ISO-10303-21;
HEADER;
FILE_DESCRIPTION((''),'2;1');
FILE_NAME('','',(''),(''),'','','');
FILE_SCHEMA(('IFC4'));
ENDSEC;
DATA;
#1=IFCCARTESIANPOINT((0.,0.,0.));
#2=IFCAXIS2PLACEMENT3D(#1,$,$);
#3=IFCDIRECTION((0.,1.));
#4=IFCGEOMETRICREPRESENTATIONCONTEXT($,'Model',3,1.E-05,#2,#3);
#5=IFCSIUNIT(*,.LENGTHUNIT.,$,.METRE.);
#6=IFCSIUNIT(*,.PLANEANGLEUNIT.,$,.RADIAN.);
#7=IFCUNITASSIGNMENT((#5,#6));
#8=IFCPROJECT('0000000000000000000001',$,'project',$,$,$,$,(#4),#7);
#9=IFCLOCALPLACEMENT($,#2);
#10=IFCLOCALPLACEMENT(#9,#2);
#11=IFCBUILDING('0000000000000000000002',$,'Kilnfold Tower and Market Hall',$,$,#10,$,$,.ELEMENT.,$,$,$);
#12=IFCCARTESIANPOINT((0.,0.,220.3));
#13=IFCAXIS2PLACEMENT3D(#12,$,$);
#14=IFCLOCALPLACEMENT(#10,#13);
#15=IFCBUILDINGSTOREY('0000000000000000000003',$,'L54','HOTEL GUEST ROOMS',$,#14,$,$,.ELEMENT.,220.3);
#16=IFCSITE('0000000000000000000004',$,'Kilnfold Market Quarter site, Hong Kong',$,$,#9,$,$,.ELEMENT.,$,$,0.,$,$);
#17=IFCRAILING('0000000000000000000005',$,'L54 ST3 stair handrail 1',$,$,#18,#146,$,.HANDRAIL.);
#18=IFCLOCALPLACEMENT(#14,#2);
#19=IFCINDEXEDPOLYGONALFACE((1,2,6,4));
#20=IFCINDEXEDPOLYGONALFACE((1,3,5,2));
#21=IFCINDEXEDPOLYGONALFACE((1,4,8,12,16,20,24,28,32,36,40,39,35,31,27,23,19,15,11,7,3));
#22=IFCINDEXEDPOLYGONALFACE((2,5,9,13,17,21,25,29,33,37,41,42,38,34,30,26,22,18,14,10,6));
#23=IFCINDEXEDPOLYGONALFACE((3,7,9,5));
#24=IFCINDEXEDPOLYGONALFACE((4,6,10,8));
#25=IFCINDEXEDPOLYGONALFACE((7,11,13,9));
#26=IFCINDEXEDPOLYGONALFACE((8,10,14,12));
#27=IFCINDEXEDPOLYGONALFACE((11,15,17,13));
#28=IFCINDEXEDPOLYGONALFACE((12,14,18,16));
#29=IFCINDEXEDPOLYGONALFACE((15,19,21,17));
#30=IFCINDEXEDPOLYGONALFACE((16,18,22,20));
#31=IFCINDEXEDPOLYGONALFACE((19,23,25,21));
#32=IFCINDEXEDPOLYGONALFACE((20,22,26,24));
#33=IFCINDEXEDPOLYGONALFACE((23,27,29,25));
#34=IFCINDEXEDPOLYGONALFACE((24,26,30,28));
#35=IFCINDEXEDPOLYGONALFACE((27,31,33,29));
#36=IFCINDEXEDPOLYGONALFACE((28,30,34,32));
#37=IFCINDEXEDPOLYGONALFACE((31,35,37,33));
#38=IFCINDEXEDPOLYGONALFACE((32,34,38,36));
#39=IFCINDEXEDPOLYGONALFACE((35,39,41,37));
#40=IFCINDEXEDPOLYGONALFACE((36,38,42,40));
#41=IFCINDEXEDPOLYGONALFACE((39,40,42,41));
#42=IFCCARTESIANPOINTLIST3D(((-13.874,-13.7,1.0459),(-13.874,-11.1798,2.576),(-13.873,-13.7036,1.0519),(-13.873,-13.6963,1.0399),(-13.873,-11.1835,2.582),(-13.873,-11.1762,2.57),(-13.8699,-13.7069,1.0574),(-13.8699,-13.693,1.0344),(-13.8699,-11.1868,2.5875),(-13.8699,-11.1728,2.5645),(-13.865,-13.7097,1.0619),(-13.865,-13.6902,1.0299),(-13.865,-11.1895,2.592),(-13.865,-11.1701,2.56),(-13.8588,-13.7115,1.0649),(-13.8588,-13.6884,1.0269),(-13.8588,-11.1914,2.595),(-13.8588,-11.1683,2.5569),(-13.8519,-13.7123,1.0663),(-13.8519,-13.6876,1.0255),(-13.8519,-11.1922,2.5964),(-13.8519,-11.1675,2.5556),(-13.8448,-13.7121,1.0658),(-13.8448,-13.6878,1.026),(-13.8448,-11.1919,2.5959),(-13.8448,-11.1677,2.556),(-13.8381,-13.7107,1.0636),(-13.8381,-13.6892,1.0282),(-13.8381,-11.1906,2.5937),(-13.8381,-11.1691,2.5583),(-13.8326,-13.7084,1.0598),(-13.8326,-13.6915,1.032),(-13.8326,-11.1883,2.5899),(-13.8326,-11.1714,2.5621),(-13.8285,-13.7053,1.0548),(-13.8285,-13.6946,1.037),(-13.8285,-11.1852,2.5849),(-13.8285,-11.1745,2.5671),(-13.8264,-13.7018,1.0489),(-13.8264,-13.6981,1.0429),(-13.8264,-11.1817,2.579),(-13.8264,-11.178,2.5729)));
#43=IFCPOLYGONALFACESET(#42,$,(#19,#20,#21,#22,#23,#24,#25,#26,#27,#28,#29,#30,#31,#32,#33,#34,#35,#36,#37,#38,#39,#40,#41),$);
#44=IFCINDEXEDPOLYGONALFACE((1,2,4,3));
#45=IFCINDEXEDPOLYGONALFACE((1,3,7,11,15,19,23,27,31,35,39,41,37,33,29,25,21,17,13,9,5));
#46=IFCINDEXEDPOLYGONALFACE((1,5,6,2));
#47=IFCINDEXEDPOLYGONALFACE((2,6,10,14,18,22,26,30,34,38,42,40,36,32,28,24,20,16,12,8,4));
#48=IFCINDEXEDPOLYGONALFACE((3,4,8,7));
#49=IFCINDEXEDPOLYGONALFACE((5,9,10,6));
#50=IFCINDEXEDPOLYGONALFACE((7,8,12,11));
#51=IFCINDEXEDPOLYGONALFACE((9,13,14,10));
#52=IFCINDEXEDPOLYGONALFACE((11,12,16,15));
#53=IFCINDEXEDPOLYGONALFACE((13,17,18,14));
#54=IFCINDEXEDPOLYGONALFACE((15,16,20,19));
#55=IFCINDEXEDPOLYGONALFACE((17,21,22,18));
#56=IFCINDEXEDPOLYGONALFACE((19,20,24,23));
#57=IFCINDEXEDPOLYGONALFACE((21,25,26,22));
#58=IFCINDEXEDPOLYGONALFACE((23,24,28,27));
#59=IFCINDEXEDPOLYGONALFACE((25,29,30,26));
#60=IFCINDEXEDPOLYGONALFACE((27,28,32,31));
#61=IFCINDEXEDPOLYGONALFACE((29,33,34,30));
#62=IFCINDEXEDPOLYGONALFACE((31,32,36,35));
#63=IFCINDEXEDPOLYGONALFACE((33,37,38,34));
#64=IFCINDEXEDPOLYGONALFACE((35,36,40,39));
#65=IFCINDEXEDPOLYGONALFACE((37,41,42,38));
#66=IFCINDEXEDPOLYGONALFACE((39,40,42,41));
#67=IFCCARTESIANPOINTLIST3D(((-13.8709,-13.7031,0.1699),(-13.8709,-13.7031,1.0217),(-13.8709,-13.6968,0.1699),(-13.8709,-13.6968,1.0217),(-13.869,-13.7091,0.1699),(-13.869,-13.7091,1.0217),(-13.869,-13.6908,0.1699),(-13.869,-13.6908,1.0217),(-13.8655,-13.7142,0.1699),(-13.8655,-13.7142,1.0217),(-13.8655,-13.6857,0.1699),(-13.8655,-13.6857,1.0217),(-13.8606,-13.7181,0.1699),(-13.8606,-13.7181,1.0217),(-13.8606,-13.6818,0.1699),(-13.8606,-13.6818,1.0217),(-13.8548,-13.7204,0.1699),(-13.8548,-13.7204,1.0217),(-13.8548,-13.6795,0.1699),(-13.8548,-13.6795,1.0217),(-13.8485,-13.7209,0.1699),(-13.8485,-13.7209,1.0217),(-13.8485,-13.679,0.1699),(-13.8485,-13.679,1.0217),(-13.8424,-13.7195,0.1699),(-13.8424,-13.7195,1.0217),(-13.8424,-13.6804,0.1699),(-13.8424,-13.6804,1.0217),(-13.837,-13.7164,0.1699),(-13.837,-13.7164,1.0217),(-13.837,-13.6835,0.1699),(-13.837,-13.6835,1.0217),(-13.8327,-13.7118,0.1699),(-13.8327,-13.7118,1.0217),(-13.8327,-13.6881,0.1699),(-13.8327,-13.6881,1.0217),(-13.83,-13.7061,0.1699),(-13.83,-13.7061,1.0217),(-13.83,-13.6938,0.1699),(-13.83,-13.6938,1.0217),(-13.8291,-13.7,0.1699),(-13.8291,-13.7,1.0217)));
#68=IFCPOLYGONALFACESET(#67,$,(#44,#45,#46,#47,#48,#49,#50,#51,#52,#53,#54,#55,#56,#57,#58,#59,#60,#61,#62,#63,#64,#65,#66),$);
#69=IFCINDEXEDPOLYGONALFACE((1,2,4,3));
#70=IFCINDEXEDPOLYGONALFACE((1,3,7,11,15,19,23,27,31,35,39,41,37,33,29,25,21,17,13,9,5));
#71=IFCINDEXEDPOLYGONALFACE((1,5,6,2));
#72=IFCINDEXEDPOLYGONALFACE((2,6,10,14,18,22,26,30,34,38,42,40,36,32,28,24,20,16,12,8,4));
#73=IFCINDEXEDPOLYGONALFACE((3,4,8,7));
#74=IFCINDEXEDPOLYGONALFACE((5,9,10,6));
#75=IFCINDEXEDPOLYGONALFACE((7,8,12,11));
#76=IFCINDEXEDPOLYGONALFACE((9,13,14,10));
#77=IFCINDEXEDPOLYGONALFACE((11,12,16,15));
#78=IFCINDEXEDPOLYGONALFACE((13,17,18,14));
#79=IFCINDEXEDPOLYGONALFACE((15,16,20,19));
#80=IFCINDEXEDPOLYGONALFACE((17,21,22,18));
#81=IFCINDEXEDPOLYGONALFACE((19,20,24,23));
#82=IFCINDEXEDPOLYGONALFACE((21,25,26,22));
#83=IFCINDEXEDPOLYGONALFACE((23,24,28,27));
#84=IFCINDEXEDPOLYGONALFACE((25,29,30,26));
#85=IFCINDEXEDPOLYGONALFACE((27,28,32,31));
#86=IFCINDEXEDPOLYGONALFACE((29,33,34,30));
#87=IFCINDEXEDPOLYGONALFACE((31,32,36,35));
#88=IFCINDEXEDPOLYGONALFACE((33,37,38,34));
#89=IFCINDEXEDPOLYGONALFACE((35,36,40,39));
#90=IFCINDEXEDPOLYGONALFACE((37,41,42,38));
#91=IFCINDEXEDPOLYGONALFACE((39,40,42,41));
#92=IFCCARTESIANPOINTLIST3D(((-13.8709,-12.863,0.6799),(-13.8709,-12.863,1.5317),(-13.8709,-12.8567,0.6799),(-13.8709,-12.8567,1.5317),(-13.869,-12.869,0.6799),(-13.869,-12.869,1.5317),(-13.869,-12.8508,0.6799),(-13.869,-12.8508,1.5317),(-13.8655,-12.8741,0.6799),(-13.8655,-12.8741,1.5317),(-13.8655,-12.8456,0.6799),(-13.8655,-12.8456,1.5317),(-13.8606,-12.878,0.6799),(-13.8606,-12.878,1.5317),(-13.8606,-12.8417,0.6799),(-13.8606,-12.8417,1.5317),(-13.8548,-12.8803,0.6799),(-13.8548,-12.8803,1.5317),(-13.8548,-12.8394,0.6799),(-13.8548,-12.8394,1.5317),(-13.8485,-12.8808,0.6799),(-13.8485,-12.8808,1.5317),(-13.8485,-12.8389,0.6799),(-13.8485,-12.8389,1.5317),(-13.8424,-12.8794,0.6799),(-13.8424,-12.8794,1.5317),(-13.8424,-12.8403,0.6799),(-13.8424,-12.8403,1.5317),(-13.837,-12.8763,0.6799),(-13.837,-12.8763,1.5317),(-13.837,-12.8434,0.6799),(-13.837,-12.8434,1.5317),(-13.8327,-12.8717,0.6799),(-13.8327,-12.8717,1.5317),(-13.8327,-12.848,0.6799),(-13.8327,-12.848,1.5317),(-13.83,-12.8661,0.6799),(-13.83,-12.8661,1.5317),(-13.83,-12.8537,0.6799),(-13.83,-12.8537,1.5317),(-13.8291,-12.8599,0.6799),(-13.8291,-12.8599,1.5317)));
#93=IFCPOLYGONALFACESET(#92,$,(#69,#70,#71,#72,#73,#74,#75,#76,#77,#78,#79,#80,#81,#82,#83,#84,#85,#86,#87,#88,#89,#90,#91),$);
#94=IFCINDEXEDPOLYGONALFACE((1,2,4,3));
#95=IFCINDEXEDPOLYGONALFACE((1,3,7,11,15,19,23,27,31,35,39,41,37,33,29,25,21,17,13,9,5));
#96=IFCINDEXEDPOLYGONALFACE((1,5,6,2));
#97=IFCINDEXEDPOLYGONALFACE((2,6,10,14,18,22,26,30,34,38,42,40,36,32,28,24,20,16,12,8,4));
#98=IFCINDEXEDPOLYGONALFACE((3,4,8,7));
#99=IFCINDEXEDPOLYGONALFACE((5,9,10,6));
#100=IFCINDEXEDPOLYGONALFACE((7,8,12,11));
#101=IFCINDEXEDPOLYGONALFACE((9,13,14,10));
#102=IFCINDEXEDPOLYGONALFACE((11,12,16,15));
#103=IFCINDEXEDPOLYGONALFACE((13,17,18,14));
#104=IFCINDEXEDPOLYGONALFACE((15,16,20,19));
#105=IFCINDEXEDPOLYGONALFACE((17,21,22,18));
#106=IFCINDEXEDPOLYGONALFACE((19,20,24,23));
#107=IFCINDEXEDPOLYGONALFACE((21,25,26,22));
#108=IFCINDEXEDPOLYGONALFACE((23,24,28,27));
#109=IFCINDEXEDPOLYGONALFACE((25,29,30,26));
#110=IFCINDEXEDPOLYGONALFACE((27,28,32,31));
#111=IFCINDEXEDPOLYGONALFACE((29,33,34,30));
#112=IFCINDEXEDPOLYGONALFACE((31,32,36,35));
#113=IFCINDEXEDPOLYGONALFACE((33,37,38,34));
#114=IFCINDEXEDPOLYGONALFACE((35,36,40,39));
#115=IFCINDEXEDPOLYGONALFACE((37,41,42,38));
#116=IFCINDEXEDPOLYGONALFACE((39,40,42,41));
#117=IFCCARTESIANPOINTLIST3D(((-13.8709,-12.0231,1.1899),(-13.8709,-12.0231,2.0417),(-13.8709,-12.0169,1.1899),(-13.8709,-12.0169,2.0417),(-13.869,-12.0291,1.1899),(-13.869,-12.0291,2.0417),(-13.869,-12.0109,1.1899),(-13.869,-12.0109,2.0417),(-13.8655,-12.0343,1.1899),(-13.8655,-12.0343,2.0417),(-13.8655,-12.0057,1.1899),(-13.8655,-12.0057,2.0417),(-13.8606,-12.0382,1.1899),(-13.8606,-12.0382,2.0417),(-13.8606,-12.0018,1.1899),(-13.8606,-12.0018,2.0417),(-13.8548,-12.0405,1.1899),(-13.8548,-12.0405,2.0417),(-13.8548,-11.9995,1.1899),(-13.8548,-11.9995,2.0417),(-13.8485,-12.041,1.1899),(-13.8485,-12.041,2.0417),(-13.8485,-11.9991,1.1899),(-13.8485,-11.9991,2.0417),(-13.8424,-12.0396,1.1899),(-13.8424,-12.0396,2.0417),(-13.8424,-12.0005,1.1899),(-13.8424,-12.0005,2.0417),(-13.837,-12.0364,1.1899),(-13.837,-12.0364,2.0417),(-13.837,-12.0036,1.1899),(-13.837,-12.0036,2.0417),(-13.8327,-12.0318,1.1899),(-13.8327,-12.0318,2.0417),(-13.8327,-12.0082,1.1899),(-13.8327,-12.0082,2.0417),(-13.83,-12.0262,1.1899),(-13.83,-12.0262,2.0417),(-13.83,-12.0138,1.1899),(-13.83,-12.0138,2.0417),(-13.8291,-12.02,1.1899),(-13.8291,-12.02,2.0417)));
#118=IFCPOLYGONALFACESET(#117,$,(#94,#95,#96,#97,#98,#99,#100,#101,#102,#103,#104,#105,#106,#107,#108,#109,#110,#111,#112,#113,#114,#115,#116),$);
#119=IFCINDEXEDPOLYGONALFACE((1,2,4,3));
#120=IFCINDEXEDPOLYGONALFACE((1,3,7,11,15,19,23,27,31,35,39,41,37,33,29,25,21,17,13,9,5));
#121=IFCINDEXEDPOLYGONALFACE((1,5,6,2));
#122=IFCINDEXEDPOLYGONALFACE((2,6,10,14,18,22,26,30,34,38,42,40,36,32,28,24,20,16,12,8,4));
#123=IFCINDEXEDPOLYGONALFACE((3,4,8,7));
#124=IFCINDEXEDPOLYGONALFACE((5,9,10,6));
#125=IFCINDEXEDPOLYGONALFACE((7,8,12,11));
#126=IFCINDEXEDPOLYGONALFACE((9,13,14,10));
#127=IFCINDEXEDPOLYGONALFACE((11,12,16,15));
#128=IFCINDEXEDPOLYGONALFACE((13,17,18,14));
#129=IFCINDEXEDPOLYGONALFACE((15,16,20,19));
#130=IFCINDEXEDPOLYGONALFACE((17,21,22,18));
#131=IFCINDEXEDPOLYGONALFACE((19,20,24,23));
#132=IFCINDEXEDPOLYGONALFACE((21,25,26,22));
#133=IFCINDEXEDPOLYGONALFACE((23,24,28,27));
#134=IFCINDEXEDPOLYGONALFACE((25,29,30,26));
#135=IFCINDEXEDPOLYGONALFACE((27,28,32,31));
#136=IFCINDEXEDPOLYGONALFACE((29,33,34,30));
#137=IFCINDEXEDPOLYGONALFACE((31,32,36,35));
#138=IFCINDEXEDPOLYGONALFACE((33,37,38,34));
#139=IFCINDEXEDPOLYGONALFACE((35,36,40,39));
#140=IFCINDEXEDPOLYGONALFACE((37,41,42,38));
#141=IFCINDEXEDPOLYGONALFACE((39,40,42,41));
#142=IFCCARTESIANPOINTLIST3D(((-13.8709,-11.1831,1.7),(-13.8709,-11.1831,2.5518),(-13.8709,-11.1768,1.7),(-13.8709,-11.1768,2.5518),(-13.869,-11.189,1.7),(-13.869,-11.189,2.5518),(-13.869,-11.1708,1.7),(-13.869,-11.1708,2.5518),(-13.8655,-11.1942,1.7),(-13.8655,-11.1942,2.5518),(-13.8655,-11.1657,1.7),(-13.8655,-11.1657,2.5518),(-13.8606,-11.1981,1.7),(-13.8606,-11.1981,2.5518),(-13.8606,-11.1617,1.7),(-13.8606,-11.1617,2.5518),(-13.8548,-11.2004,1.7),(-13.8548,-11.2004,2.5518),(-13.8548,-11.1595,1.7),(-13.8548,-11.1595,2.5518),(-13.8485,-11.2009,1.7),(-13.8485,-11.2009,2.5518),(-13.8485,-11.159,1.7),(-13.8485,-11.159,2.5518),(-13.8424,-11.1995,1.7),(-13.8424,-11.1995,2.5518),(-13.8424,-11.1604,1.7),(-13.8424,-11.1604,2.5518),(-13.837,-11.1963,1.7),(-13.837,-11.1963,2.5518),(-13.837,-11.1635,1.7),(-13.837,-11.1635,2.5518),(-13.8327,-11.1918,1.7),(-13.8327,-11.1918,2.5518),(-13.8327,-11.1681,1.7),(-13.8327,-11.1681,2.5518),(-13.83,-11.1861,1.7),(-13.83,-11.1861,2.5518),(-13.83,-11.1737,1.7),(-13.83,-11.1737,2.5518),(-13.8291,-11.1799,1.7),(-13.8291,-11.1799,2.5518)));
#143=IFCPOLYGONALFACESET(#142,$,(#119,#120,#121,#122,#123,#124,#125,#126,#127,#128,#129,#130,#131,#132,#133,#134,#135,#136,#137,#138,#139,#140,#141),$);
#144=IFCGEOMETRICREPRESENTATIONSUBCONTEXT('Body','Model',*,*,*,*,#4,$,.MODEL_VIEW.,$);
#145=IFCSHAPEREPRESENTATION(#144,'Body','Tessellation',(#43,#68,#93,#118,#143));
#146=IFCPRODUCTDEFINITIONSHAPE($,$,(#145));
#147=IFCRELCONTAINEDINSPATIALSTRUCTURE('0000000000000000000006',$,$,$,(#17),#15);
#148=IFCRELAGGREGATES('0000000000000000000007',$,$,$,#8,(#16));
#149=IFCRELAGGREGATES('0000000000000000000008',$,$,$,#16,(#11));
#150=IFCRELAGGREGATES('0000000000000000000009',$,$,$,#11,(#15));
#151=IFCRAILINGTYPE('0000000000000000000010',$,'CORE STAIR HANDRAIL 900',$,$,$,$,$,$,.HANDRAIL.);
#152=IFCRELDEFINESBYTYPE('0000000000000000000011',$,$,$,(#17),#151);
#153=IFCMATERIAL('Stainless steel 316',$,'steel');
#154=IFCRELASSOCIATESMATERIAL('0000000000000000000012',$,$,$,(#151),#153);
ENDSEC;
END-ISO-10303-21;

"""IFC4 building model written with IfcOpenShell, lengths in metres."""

from ifc_helpers import new_model, si_unit, direction, frame, origin, origin_2d, place, context, subcontext, project, spatial, circle, extrude, material, type_object, element, save


model = new_model("IFC4")

# Units and contexts
model_context = context("Model", 3, precision=1e-05, world=origin(), true_north=direction((0.0, 1.0)))
body_context = subcontext(model_context, "Body", "Model", "MODEL_VIEW")
ifc_project = project(units=[si_unit("LENGTHUNIT", "METRE"), si_unit("PLANEANGLEUNIT", "RADIAN")], contexts=[model_context])

# Site, building, storey
site_placement = place(None, origin())
site = spatial("IfcSite", under=ifc_project, at=site_placement, Name="Kilnfold Market Quarter site, Hong Kong", CompositionType="ELEMENT", RefElevation=0.0)
building_placement = place(site_placement, origin())
building = spatial("IfcBuilding", under=site, at=building_placement, Name="Kilnfold Tower and Market Hall", CompositionType="ELEMENT")
storey_placement = place(building_placement, frame((0.0, 0.0, 220.3)))
storey = spatial("IfcBuildingStorey", under=building, at=storey_placement, Name="L54", Description="HOTEL GUEST ROOMS", CompositionType="ELEMENT", Elevation=220.3)

# Railing
ifc_material_1 = material(Name="Stainless steel 316", Category="steel")
railing_type_1 = type_object("IfcRailingType", Name="CORE STAIR HANDRAIL 900", PredefinedType="HANDRAIL", material=ifc_material_1)
railing_1_placement = place(storey_placement, frame((-13.8501, -13.7, 0.1699)))
element("IfcRailing", 1, at=railing_1_placement, inside=storey, type_object=railing_type_1, Name="L54 ST3 stair handrail 1", PredefinedType="HANDRAIL", context=body_context, shape_type="SweptSolid", body=[
    extrude(circle(Radius=0.0239, at=origin_2d()), frame((0.0, 0.0, 0.876), z_axis=(0.0, 0.854785, 0.518982), x_axis=(-1.0, 0.0, 0.0)), (0.0, 0.0, 1.0), 2.9482),
    extrude(circle(Radius=0.021, at=origin_2d()), origin(), (0.0, 0.0, 1.0), 0.8518),
    extrude(circle(Radius=0.021, at=origin_2d()), frame((0.0, 0.8401, 0.51)), (0.0, 0.0, 1.0), 0.8518),
    extrude(circle(Radius=0.021, at=origin_2d()), frame((0.0, 1.6799, 1.02)), (0.0, 0.0, 1.0), 0.8518),
    extrude(circle(Radius=0.021, at=origin_2d()), frame((0.0, 2.52, 1.53)), (0.0, 0.0, 1.0), 0.8518),
])

save(model, "model.ifc")
